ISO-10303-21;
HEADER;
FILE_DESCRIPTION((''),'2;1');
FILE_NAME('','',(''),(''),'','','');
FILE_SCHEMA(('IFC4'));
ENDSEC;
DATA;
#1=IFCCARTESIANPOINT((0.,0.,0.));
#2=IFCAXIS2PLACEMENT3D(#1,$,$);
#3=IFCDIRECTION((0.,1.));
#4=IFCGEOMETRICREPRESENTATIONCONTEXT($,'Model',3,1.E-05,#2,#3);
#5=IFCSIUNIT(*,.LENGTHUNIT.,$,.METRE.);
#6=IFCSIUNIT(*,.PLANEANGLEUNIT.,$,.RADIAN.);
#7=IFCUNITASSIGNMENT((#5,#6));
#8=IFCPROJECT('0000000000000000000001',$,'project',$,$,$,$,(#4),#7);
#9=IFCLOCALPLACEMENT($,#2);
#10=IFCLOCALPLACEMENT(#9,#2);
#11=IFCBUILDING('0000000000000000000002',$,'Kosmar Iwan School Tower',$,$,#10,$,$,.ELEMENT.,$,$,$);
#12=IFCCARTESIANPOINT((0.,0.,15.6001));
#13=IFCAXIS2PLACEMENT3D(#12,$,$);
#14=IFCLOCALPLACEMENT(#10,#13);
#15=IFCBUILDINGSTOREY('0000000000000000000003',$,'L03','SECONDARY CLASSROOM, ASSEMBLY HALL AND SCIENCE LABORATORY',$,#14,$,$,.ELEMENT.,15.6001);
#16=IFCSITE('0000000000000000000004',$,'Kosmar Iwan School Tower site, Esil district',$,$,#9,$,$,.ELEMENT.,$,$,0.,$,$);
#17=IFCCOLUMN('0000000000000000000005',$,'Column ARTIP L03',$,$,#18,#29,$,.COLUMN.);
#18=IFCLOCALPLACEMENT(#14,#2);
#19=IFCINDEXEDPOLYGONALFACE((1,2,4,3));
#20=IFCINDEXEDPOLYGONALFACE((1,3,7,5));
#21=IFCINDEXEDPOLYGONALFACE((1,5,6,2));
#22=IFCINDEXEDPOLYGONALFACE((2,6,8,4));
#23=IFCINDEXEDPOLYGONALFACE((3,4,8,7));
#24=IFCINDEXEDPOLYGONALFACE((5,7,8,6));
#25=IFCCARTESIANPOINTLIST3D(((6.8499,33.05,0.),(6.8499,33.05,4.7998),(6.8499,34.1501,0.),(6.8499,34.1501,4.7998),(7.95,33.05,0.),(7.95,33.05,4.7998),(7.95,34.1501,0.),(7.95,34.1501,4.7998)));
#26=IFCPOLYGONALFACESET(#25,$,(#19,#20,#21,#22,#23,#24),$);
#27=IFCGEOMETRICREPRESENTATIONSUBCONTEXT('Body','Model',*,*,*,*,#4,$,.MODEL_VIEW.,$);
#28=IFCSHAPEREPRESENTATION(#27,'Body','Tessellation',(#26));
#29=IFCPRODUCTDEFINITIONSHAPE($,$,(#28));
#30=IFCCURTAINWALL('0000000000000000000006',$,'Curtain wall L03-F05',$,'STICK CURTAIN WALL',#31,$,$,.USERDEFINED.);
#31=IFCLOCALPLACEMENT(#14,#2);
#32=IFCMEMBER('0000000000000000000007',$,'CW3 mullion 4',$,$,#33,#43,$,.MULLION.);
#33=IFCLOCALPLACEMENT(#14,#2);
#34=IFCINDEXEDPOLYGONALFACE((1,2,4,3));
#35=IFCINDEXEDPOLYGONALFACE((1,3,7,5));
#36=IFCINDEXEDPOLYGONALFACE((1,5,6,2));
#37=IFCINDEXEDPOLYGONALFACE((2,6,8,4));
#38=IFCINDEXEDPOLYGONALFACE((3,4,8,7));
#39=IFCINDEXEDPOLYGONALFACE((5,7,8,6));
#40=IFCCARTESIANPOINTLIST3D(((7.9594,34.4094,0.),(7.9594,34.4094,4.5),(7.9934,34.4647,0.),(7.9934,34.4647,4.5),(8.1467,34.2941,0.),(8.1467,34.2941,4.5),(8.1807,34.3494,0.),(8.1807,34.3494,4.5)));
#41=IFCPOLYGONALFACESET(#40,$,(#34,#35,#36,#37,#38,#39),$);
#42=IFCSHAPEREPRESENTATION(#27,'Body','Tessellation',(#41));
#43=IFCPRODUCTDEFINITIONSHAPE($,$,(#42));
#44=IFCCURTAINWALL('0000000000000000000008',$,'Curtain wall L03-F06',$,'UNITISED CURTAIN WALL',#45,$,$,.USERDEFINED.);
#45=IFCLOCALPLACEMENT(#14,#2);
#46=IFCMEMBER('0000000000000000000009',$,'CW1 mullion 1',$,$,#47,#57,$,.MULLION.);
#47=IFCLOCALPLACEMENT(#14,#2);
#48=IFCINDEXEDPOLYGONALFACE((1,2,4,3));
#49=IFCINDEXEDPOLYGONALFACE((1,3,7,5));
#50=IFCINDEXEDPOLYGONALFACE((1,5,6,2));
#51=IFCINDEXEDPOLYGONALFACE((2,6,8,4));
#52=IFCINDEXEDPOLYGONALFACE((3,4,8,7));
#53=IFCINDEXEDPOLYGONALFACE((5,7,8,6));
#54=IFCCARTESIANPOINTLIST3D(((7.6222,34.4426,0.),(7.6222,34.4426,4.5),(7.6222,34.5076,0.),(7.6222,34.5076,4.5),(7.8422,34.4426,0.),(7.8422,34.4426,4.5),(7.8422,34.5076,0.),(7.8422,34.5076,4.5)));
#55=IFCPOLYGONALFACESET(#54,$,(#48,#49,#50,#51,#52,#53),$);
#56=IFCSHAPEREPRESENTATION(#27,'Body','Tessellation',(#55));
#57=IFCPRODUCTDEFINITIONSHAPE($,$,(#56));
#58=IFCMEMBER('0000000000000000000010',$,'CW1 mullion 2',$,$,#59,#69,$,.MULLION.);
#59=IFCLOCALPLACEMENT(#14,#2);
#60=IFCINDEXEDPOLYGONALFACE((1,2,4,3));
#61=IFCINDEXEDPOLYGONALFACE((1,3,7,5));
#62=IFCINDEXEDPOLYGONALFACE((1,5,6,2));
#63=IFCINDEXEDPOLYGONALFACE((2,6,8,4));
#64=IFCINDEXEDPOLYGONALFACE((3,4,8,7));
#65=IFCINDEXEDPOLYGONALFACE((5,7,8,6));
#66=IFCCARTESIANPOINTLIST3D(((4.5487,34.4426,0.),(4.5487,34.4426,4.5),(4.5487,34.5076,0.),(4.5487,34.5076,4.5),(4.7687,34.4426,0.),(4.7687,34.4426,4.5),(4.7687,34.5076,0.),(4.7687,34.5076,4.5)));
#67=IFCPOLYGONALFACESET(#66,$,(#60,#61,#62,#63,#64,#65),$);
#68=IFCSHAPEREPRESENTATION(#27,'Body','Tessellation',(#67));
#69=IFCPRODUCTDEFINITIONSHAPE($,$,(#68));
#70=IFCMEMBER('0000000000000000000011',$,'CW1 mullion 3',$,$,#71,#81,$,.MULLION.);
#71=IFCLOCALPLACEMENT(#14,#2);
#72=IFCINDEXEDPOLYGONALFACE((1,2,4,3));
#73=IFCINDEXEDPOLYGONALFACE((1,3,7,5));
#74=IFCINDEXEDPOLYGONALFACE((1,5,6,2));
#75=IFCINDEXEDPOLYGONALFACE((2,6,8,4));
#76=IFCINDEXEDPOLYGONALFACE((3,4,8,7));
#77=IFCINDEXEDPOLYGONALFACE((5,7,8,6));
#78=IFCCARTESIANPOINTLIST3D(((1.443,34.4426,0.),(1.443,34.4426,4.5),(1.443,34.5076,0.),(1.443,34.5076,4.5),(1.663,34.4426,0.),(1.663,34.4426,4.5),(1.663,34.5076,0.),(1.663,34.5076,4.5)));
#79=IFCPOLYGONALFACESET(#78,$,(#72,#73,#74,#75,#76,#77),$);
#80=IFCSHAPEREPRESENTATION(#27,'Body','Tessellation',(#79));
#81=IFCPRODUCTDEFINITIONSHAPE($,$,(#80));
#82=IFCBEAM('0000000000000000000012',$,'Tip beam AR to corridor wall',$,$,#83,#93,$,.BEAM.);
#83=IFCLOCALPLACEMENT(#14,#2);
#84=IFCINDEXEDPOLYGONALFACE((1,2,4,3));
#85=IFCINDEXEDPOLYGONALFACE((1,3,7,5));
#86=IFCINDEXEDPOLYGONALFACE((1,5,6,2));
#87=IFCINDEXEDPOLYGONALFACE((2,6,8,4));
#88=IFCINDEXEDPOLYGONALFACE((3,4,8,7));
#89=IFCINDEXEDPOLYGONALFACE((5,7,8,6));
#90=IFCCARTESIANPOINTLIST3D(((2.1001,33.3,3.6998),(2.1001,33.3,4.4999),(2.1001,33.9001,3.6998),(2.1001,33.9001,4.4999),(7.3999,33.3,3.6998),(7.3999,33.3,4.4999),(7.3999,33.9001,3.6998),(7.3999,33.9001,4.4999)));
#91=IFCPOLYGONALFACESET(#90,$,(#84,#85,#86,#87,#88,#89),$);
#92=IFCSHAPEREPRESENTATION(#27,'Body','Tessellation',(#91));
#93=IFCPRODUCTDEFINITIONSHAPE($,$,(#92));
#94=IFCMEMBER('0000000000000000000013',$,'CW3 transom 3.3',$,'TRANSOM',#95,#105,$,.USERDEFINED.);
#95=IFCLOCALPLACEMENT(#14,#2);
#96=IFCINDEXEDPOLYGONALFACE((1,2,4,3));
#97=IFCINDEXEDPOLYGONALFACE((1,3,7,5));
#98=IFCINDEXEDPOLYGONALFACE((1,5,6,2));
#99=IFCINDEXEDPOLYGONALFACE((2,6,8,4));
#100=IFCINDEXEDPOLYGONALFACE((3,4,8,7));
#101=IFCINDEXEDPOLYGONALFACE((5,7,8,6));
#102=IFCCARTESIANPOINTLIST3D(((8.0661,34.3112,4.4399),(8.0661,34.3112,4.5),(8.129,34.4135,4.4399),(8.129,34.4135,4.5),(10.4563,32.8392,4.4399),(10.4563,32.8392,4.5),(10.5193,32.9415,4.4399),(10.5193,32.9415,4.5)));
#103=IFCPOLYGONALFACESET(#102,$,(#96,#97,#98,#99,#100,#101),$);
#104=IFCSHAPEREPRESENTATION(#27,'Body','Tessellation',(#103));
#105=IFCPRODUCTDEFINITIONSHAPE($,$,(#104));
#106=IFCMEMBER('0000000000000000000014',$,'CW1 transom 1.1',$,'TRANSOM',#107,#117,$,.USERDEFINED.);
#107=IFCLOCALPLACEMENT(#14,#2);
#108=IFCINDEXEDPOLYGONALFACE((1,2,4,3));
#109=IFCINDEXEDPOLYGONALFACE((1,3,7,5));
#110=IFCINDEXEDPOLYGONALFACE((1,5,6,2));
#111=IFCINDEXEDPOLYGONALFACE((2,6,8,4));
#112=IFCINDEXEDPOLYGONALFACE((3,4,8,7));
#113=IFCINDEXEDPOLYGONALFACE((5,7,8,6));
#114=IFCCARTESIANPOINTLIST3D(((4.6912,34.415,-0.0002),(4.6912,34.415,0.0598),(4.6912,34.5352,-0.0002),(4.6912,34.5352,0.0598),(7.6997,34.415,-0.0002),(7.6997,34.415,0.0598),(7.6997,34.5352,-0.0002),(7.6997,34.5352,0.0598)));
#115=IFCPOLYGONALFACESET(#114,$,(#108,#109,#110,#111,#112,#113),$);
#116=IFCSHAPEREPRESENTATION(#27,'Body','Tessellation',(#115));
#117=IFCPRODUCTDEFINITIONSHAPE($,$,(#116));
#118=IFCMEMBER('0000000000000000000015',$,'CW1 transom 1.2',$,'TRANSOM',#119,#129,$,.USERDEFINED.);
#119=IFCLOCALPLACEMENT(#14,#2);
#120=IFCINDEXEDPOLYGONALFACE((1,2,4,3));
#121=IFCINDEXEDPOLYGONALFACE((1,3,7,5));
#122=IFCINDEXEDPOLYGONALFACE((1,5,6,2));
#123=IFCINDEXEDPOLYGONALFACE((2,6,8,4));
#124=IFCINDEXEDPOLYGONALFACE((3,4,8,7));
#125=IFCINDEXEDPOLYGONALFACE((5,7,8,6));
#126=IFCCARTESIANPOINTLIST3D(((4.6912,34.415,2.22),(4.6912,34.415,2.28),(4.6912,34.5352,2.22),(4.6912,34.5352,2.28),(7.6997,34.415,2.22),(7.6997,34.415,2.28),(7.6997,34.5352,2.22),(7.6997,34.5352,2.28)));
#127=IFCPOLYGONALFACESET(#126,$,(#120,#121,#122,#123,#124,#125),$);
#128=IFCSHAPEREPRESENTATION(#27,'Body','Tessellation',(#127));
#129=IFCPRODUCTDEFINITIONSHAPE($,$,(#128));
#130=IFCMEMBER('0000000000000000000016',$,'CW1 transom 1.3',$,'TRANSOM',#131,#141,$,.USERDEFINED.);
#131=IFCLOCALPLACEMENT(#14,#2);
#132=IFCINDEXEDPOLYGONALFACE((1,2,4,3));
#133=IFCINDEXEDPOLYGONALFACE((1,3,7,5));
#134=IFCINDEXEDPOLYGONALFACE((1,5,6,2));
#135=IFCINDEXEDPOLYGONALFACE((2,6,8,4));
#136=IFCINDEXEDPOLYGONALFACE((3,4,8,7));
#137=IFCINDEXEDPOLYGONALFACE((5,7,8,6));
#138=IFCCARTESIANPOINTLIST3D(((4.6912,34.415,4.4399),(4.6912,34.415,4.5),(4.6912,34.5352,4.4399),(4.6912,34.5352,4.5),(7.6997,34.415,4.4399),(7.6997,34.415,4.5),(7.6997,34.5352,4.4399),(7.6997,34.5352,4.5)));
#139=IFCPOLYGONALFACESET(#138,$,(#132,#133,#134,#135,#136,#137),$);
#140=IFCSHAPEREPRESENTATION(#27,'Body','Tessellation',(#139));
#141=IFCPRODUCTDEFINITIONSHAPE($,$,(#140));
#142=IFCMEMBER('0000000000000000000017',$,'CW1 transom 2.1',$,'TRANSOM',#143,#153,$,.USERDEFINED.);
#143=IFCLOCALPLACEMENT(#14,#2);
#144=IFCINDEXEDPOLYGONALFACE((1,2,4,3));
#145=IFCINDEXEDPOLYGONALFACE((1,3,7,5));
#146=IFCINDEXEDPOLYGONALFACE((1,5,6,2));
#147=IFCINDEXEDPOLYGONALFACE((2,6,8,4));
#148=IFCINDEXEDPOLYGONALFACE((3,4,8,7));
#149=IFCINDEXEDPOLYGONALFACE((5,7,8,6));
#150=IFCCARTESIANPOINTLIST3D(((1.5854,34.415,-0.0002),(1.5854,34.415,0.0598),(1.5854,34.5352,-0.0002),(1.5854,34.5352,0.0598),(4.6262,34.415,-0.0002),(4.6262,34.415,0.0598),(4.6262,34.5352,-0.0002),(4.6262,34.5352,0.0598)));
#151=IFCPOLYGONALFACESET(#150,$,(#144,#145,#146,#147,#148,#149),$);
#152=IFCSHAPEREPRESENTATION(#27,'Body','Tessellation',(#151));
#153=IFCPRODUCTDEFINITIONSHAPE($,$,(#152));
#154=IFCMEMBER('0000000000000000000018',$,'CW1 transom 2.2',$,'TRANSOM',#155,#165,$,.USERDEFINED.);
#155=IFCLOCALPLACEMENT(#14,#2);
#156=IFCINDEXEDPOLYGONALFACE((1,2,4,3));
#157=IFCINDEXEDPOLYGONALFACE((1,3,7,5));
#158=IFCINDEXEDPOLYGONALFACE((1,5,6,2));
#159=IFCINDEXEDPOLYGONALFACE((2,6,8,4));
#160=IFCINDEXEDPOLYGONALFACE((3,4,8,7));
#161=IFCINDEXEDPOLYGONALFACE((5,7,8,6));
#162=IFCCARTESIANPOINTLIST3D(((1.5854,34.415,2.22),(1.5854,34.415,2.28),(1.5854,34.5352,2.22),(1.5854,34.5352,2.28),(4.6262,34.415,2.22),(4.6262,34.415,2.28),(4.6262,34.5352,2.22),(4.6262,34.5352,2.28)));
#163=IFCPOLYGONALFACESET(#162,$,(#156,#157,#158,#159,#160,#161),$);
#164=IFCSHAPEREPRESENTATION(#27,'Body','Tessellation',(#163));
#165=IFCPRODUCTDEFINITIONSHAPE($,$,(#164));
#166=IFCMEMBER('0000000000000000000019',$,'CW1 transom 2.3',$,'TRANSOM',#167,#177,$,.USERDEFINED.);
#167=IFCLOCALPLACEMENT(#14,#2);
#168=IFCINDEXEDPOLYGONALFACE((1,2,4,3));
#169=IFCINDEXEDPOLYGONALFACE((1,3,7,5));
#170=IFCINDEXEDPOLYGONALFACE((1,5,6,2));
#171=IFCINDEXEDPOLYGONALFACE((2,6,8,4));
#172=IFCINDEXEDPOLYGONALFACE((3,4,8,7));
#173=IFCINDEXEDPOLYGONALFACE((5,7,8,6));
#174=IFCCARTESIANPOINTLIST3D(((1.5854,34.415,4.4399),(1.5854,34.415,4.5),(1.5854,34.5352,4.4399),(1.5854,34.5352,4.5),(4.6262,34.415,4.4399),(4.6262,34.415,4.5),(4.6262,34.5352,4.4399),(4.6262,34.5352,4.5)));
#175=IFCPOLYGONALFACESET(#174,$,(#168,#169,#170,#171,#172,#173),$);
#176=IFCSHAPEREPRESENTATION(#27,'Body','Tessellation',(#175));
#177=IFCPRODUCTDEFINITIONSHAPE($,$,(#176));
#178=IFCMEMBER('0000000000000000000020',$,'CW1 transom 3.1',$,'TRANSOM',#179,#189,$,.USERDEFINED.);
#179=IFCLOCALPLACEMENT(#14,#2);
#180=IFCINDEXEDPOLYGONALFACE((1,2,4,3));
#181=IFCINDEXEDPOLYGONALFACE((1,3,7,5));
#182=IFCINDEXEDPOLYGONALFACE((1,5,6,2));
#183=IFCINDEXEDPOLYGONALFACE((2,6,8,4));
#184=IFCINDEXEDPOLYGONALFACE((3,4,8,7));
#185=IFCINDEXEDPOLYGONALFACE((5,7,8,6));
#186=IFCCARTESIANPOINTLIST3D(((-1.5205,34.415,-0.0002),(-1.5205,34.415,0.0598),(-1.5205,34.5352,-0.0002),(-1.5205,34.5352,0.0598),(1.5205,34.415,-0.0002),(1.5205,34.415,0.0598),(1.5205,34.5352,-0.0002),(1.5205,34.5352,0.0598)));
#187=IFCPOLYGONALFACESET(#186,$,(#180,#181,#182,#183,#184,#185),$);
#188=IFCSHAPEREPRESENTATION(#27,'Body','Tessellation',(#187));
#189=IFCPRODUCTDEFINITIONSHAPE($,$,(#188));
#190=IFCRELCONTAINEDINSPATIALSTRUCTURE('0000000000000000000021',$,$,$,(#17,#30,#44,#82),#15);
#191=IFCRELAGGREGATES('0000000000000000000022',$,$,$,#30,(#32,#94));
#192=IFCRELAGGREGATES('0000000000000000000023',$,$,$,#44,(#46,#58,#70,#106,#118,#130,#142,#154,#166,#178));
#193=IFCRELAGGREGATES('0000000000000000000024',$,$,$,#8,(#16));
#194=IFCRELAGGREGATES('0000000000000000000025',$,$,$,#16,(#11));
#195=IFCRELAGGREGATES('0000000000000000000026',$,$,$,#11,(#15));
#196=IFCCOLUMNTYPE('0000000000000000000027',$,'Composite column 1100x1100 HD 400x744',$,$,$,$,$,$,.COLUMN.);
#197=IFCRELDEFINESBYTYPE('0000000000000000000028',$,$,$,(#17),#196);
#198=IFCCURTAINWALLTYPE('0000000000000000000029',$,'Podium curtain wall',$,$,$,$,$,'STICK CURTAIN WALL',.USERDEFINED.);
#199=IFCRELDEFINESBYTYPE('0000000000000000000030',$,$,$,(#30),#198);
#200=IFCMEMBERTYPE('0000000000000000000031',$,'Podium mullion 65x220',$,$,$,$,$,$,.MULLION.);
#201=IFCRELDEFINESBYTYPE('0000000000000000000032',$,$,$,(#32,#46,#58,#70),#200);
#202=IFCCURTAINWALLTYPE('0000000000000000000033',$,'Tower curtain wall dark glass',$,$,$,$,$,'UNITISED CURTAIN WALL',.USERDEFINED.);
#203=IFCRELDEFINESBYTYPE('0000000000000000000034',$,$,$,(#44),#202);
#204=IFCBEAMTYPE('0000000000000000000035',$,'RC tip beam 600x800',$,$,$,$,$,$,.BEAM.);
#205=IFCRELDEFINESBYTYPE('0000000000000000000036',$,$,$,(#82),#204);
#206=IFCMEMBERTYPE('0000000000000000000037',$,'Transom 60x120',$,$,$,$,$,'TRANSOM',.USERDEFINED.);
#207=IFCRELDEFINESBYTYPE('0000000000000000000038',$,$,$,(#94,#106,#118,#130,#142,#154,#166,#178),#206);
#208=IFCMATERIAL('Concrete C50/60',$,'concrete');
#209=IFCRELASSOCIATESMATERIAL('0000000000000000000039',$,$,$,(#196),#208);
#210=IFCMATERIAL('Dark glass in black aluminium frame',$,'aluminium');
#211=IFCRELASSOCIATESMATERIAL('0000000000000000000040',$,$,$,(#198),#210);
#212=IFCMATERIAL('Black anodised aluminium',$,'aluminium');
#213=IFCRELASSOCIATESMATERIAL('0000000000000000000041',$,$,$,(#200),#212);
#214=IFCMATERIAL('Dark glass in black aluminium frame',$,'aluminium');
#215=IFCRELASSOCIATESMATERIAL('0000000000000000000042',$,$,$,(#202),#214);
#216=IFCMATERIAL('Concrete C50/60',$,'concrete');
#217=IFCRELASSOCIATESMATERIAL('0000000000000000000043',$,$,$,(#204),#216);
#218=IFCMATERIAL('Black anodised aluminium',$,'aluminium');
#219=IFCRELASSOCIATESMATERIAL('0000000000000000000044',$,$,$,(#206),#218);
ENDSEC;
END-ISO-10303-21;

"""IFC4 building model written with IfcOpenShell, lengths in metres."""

from ifc_helpers import new_model, si_unit, direction, frame, origin, origin_2d, place, context, subcontext, project, spatial, rectangle, extrude, material, material_profile, profile_set, type_object, element, aggregate, save


model = new_model("IFC4")

# Units and contexts
model_context = context("Model", 3, precision=1e-05, world=origin(), true_north=direction((0.0, 1.0)))
body_context = subcontext(model_context, "Body", "Model", "MODEL_VIEW")
ifc_project = project(units=[si_unit("LENGTHUNIT", "METRE"), si_unit("PLANEANGLEUNIT", "RADIAN")], contexts=[model_context])

# Site, building, storey
site_placement = place(None, origin())
site = spatial("IfcSite", under=ifc_project, at=site_placement, Name="Kosmar Iwan School Tower site, Esil district", CompositionType="ELEMENT", RefElevation=0.0)
building_placement = place(site_placement, origin())
building = spatial("IfcBuilding", under=site, at=building_placement, Name="Kosmar Iwan School Tower", CompositionType="ELEMENT")
storey_placement = place(building_placement, frame((0.0, 0.0, 15.6001)))
storey = spatial("IfcBuildingStorey", under=building, at=storey_placement, Name="L03", Description="SECONDARY CLASSROOM, ASSEMBLY HALL AND SCIENCE LABORATORY", CompositionType="ELEMENT", Elevation=15.6001)

# Column
ifc_material_1 = material(Name="Concrete C50/60", Category="concrete")
ifc_material_profile_1 = material_profile(ifc_material_1, rectangle(XDim=1.1001, YDim=1.1001, at=origin_2d()), Name="RC 1100x1100 + HD 400x744")
ifc_profile_set_1 = profile_set([ifc_material_profile_1], Name="Concrete C50/60")
column_type = type_object("IfcColumnType", Name="Composite column 1100x1100 HD 400x744", PredefinedType="COLUMN", material=ifc_profile_set_1)
column_placement = place(storey_placement, frame((7.3999, 33.6001, 0.0), z_axis=(0.0, 0.0, 1.0), x_axis=(0.0, 1.0, 0.0)))
element("IfcColumn", 1, at=column_placement, inside=storey, type_object=column_type, Name="Column ARTIP L03", PredefinedType="COLUMN", context=body_context, shape_type="SweptSolid", body=[
    extrude(rectangle(XDim=1.1001, YDim=1.1001, at=origin_2d()), origin(), (0.0, 0.0, 1.0), 4.7998),
])

# Curtain wall, member
ifc_material_2 = material(Name="Dark glass in black aluminium frame", Category="aluminium")
curtain_wall_type_1 = type_object("IfcCurtainWallType", Name="Podium curtain wall", ElementType="STICK CURTAIN WALL", PredefinedType="USERDEFINED", material=ifc_material_2)
curtain_wall_1_placement = place(storey_placement, origin())
curtain_wall_1 = element("IfcCurtainWall", 2, at=curtain_wall_1_placement, inside=storey, type_object=curtain_wall_type_1, Name="Curtain wall L03-F05", ObjectType="STICK CURTAIN WALL", PredefinedType="USERDEFINED")
ifc_material_3 = material(Name="Black anodised aluminium", Category="aluminium")
ifc_material_profile_2 = material_profile(ifc_material_3, rectangle(XDim=0.0649, YDim=0.22, at=origin_2d()), Name="MULLION 65x220")
ifc_profile_set_2 = profile_set([ifc_material_profile_2], Name="Black anodised aluminium")
member_type_1 = type_object("IfcMemberType", Name="Podium mullion 65x220", PredefinedType="MULLION", material=ifc_profile_set_2)
member_1_placement = place(storey_placement, frame((8.0701, 34.3794, 0.0), z_axis=(0.0, 0.0, 1.0), x_axis=(-0.524382, -0.851483, 0.0)))
member_1 = element("IfcMember", 3, at=member_1_placement, type_object=member_type_1, Name="CW3 mullion 4", PredefinedType="MULLION", context=body_context, shape_type="SweptSolid", body=[
    extrude(rectangle(XDim=0.0649, YDim=0.22, at=origin_2d()), origin(), (0.0, 0.0, 1.0), 4.5),
])

# Curtain wall, members
ifc_material_4 = material(Name="Dark glass in black aluminium frame", Category="aluminium")
curtain_wall_type_2 = type_object("IfcCurtainWallType", Name="Tower curtain wall dark glass", ElementType="UNITISED CURTAIN WALL", PredefinedType="USERDEFINED", material=ifc_material_4)
curtain_wall_2_placement = place(storey_placement, origin())
curtain_wall_2 = element("IfcCurtainWall", 4, at=curtain_wall_2_placement, inside=storey, type_object=curtain_wall_type_2, Name="Curtain wall L03-F06", ObjectType="UNITISED CURTAIN WALL", PredefinedType="USERDEFINED")
member_2_placement = place(storey_placement, frame((7.7322, 34.4751, 0.0), z_axis=(0.0, 0.0, 1.0), x_axis=(0.0, -1.0, 0.0)))
member_2 = element("IfcMember", 5, at=member_2_placement, type_object=member_type_1, Name="CW1 mullion 1", PredefinedType="MULLION", context=body_context, shape_type="SweptSolid", body=[
    extrude(rectangle(XDim=0.0649, YDim=0.22, at=origin_2d()), origin(), (0.0, 0.0, 1.0), 4.5),
])
member_3_placement = place(storey_placement, frame((4.6587, 34.4751, 0.0), z_axis=(0.0, 0.0, 1.0), x_axis=(0.0, -1.0, 0.0)))
member_3 = element("IfcMember", 6, at=member_3_placement, type_object=member_type_1, Name="CW1 mullion 2", PredefinedType="MULLION", context=body_context, shape_type="SweptSolid", body=[
    extrude(rectangle(XDim=0.0649, YDim=0.22, at=origin_2d()), origin(), (0.0, 0.0, 1.0), 4.5),
])
member_4_placement = place(storey_placement, frame((1.553, 34.4751, 0.0), z_axis=(0.0, 0.0, 1.0), x_axis=(0.0, -1.0, 0.0)))
member_4 = element("IfcMember", 7, at=member_4_placement, type_object=member_type_1, Name="CW1 mullion 3", PredefinedType="MULLION", context=body_context, shape_type="SweptSolid", body=[
    extrude(rectangle(XDim=0.0649, YDim=0.22, at=origin_2d()), origin(), (0.0, 0.0, 1.0), 4.5),
])

# Beam
ifc_material_5 = material(Name="Concrete C50/60", Category="concrete")
ifc_material_profile_3 = material_profile(ifc_material_5, rectangle(XDim=0.6001, YDim=0.8, at=origin_2d()), Name="RC 600x800")
ifc_profile_set_3 = profile_set([ifc_material_profile_3], Name="Concrete C50/60")
beam_type = type_object("IfcBeamType", Name="RC tip beam 600x800", PredefinedType="BEAM", material=ifc_profile_set_3)
beam_placement = place(storey_placement, frame((7.3999, 33.6001, 4.0999), z_axis=(-1.0, 0.0, 0.0), x_axis=(0.0, -1.0, 0.0)))
element("IfcBeam", 8, at=beam_placement, inside=storey, type_object=beam_type, Name="Tip beam AR to corridor wall", PredefinedType="BEAM", context=body_context, shape_type="SweptSolid", body=[
    extrude(rectangle(XDim=0.6001, YDim=0.8, at=origin_2d()), origin(), (0.0, 0.0, 1.0), 5.2998),
])

# Members
ifc_material_6 = material(Name="Black anodised aluminium", Category="aluminium")
ifc_material_profile_4 = material_profile(ifc_material_6, rectangle(XDim=0.1201, YDim=0.0601, at=origin_2d()), Name="TRANSOM 60x120")
ifc_profile_set_4 = profile_set([ifc_material_profile_4], Name="Black anodised aluminium")
member_type_2 = type_object("IfcMemberType", Name="Transom 60x120", ElementType="TRANSOM", PredefinedType="USERDEFINED", material=ifc_profile_set_4)
member_5_placement = place(storey_placement, frame((10.4878, 32.8904, 4.47), z_axis=(-0.851488, 0.524374, 0.0), x_axis=(-0.524374, -0.851488, 0.0)))
member_5 = element("IfcMember", 9, at=member_5_placement, type_object=member_type_2, Name="CW3 transom 3.3", ObjectType="TRANSOM", PredefinedType="USERDEFINED", context=body_context, shape_type="SweptSolid", body=[
    extrude(rectangle(XDim=0.1201, YDim=0.0601, at=origin_2d()), origin(), (0.0, 0.0, 1.0), 2.8071),
])
member_6_placement = place(storey_placement, frame((7.6997, 34.4751, 0.0298), z_axis=(-1.0, 0.0, 0.0), x_axis=(0.0, -1.0, 0.0)))
member_6 = element("IfcMember", 10, at=member_6_placement, type_object=member_type_2, Name="CW1 transom 1.1", ObjectType="TRANSOM", PredefinedType="USERDEFINED", context=body_context, shape_type="SweptSolid", body=[
    extrude(rectangle(XDim=0.1201, YDim=0.0601, at=origin_2d()), origin(), (0.0, 0.0, 1.0), 3.0085),
])
member_7_placement = place(storey_placement, frame((7.6997, 34.4751, 2.25), z_axis=(-1.0, 0.0, 0.0), x_axis=(0.0, -1.0, 0.0)))
member_7 = element("IfcMember", 11, at=member_7_placement, type_object=member_type_2, Name="CW1 transom 1.2", ObjectType="TRANSOM", PredefinedType="USERDEFINED", context=body_context, shape_type="SweptSolid", body=[
    extrude(rectangle(XDim=0.1201, YDim=0.0601, at=origin_2d()), origin(), (0.0, 0.0, 1.0), 3.0085),
])
member_8_placement = place(storey_placement, frame((7.6997, 34.4751, 4.47), z_axis=(-1.0, 0.0, 0.0), x_axis=(0.0, -1.0, 0.0)))
member_8 = element("IfcMember", 12, at=member_8_placement, type_object=member_type_2, Name="CW1 transom 1.3", ObjectType="TRANSOM", PredefinedType="USERDEFINED", context=body_context, shape_type="SweptSolid", body=[
    extrude(rectangle(XDim=0.1201, YDim=0.0601, at=origin_2d()), origin(), (0.0, 0.0, 1.0), 3.0085),
])
member_9_placement = place(storey_placement, frame((4.6262, 34.4751, 0.0298), z_axis=(-1.0, 0.0, 0.0), x_axis=(0.0, -1.0, 0.0)))
member_9 = element("IfcMember", 13, at=member_9_placement, type_object=member_type_2, Name="CW1 transom 2.1", ObjectType="TRANSOM", PredefinedType="USERDEFINED", context=body_context, shape_type="SweptSolid", body=[
    extrude(rectangle(XDim=0.1201, YDim=0.0601, at=origin_2d()), origin(), (0.0, 0.0, 1.0), 3.0408),
])
member_10_placement = place(storey_placement, frame((4.6262, 34.4751, 2.25), z_axis=(-1.0, 0.0, 0.0), x_axis=(0.0, -1.0, 0.0)))
member_10 = element("IfcMember", 14, at=member_10_placement, type_object=member_type_2, Name="CW1 transom 2.2", ObjectType="TRANSOM", PredefinedType="USERDEFINED", context=body_context, shape_type="SweptSolid", body=[
    extrude(rectangle(XDim=0.1201, YDim=0.0601, at=origin_2d()), origin(), (0.0, 0.0, 1.0), 3.0408),
])
member_11_placement = place(storey_placement, frame((4.6262, 34.4751, 4.47), z_axis=(-1.0, 0.0, 0.0), x_axis=(0.0, -1.0, 0.0)))
member_11 = element("IfcMember", 15, at=member_11_placement, type_object=member_type_2, Name="CW1 transom 2.3", ObjectType="TRANSOM", PredefinedType="USERDEFINED", context=body_context, shape_type="SweptSolid", body=[
    extrude(rectangle(XDim=0.1201, YDim=0.0601, at=origin_2d()), origin(), (0.0, 0.0, 1.0), 3.0408),
])
member_12_placement = place(storey_placement, frame((1.5205, 34.4751, 0.0298), z_axis=(-1.0, 0.0, 0.0), x_axis=(0.0, -1.0, 0.0)))
member_12 = element("IfcMember", 16, at=member_12_placement, type_object=member_type_2, Name="CW1 transom 3.1", ObjectType="TRANSOM", PredefinedType="USERDEFINED", context=body_context, shape_type="SweptSolid", body=[
    extrude(rectangle(XDim=0.1201, YDim=0.0601, at=origin_2d()), origin(), (0.0, 0.0, 1.0), 3.041),
])

aggregate(curtain_wall_1, [member_1, member_5])
aggregate(curtain_wall_2, [member_2, member_3, member_4, member_6, member_7, member_8, member_9, member_10, member_11, member_12])

save(model, "model.ifc")
